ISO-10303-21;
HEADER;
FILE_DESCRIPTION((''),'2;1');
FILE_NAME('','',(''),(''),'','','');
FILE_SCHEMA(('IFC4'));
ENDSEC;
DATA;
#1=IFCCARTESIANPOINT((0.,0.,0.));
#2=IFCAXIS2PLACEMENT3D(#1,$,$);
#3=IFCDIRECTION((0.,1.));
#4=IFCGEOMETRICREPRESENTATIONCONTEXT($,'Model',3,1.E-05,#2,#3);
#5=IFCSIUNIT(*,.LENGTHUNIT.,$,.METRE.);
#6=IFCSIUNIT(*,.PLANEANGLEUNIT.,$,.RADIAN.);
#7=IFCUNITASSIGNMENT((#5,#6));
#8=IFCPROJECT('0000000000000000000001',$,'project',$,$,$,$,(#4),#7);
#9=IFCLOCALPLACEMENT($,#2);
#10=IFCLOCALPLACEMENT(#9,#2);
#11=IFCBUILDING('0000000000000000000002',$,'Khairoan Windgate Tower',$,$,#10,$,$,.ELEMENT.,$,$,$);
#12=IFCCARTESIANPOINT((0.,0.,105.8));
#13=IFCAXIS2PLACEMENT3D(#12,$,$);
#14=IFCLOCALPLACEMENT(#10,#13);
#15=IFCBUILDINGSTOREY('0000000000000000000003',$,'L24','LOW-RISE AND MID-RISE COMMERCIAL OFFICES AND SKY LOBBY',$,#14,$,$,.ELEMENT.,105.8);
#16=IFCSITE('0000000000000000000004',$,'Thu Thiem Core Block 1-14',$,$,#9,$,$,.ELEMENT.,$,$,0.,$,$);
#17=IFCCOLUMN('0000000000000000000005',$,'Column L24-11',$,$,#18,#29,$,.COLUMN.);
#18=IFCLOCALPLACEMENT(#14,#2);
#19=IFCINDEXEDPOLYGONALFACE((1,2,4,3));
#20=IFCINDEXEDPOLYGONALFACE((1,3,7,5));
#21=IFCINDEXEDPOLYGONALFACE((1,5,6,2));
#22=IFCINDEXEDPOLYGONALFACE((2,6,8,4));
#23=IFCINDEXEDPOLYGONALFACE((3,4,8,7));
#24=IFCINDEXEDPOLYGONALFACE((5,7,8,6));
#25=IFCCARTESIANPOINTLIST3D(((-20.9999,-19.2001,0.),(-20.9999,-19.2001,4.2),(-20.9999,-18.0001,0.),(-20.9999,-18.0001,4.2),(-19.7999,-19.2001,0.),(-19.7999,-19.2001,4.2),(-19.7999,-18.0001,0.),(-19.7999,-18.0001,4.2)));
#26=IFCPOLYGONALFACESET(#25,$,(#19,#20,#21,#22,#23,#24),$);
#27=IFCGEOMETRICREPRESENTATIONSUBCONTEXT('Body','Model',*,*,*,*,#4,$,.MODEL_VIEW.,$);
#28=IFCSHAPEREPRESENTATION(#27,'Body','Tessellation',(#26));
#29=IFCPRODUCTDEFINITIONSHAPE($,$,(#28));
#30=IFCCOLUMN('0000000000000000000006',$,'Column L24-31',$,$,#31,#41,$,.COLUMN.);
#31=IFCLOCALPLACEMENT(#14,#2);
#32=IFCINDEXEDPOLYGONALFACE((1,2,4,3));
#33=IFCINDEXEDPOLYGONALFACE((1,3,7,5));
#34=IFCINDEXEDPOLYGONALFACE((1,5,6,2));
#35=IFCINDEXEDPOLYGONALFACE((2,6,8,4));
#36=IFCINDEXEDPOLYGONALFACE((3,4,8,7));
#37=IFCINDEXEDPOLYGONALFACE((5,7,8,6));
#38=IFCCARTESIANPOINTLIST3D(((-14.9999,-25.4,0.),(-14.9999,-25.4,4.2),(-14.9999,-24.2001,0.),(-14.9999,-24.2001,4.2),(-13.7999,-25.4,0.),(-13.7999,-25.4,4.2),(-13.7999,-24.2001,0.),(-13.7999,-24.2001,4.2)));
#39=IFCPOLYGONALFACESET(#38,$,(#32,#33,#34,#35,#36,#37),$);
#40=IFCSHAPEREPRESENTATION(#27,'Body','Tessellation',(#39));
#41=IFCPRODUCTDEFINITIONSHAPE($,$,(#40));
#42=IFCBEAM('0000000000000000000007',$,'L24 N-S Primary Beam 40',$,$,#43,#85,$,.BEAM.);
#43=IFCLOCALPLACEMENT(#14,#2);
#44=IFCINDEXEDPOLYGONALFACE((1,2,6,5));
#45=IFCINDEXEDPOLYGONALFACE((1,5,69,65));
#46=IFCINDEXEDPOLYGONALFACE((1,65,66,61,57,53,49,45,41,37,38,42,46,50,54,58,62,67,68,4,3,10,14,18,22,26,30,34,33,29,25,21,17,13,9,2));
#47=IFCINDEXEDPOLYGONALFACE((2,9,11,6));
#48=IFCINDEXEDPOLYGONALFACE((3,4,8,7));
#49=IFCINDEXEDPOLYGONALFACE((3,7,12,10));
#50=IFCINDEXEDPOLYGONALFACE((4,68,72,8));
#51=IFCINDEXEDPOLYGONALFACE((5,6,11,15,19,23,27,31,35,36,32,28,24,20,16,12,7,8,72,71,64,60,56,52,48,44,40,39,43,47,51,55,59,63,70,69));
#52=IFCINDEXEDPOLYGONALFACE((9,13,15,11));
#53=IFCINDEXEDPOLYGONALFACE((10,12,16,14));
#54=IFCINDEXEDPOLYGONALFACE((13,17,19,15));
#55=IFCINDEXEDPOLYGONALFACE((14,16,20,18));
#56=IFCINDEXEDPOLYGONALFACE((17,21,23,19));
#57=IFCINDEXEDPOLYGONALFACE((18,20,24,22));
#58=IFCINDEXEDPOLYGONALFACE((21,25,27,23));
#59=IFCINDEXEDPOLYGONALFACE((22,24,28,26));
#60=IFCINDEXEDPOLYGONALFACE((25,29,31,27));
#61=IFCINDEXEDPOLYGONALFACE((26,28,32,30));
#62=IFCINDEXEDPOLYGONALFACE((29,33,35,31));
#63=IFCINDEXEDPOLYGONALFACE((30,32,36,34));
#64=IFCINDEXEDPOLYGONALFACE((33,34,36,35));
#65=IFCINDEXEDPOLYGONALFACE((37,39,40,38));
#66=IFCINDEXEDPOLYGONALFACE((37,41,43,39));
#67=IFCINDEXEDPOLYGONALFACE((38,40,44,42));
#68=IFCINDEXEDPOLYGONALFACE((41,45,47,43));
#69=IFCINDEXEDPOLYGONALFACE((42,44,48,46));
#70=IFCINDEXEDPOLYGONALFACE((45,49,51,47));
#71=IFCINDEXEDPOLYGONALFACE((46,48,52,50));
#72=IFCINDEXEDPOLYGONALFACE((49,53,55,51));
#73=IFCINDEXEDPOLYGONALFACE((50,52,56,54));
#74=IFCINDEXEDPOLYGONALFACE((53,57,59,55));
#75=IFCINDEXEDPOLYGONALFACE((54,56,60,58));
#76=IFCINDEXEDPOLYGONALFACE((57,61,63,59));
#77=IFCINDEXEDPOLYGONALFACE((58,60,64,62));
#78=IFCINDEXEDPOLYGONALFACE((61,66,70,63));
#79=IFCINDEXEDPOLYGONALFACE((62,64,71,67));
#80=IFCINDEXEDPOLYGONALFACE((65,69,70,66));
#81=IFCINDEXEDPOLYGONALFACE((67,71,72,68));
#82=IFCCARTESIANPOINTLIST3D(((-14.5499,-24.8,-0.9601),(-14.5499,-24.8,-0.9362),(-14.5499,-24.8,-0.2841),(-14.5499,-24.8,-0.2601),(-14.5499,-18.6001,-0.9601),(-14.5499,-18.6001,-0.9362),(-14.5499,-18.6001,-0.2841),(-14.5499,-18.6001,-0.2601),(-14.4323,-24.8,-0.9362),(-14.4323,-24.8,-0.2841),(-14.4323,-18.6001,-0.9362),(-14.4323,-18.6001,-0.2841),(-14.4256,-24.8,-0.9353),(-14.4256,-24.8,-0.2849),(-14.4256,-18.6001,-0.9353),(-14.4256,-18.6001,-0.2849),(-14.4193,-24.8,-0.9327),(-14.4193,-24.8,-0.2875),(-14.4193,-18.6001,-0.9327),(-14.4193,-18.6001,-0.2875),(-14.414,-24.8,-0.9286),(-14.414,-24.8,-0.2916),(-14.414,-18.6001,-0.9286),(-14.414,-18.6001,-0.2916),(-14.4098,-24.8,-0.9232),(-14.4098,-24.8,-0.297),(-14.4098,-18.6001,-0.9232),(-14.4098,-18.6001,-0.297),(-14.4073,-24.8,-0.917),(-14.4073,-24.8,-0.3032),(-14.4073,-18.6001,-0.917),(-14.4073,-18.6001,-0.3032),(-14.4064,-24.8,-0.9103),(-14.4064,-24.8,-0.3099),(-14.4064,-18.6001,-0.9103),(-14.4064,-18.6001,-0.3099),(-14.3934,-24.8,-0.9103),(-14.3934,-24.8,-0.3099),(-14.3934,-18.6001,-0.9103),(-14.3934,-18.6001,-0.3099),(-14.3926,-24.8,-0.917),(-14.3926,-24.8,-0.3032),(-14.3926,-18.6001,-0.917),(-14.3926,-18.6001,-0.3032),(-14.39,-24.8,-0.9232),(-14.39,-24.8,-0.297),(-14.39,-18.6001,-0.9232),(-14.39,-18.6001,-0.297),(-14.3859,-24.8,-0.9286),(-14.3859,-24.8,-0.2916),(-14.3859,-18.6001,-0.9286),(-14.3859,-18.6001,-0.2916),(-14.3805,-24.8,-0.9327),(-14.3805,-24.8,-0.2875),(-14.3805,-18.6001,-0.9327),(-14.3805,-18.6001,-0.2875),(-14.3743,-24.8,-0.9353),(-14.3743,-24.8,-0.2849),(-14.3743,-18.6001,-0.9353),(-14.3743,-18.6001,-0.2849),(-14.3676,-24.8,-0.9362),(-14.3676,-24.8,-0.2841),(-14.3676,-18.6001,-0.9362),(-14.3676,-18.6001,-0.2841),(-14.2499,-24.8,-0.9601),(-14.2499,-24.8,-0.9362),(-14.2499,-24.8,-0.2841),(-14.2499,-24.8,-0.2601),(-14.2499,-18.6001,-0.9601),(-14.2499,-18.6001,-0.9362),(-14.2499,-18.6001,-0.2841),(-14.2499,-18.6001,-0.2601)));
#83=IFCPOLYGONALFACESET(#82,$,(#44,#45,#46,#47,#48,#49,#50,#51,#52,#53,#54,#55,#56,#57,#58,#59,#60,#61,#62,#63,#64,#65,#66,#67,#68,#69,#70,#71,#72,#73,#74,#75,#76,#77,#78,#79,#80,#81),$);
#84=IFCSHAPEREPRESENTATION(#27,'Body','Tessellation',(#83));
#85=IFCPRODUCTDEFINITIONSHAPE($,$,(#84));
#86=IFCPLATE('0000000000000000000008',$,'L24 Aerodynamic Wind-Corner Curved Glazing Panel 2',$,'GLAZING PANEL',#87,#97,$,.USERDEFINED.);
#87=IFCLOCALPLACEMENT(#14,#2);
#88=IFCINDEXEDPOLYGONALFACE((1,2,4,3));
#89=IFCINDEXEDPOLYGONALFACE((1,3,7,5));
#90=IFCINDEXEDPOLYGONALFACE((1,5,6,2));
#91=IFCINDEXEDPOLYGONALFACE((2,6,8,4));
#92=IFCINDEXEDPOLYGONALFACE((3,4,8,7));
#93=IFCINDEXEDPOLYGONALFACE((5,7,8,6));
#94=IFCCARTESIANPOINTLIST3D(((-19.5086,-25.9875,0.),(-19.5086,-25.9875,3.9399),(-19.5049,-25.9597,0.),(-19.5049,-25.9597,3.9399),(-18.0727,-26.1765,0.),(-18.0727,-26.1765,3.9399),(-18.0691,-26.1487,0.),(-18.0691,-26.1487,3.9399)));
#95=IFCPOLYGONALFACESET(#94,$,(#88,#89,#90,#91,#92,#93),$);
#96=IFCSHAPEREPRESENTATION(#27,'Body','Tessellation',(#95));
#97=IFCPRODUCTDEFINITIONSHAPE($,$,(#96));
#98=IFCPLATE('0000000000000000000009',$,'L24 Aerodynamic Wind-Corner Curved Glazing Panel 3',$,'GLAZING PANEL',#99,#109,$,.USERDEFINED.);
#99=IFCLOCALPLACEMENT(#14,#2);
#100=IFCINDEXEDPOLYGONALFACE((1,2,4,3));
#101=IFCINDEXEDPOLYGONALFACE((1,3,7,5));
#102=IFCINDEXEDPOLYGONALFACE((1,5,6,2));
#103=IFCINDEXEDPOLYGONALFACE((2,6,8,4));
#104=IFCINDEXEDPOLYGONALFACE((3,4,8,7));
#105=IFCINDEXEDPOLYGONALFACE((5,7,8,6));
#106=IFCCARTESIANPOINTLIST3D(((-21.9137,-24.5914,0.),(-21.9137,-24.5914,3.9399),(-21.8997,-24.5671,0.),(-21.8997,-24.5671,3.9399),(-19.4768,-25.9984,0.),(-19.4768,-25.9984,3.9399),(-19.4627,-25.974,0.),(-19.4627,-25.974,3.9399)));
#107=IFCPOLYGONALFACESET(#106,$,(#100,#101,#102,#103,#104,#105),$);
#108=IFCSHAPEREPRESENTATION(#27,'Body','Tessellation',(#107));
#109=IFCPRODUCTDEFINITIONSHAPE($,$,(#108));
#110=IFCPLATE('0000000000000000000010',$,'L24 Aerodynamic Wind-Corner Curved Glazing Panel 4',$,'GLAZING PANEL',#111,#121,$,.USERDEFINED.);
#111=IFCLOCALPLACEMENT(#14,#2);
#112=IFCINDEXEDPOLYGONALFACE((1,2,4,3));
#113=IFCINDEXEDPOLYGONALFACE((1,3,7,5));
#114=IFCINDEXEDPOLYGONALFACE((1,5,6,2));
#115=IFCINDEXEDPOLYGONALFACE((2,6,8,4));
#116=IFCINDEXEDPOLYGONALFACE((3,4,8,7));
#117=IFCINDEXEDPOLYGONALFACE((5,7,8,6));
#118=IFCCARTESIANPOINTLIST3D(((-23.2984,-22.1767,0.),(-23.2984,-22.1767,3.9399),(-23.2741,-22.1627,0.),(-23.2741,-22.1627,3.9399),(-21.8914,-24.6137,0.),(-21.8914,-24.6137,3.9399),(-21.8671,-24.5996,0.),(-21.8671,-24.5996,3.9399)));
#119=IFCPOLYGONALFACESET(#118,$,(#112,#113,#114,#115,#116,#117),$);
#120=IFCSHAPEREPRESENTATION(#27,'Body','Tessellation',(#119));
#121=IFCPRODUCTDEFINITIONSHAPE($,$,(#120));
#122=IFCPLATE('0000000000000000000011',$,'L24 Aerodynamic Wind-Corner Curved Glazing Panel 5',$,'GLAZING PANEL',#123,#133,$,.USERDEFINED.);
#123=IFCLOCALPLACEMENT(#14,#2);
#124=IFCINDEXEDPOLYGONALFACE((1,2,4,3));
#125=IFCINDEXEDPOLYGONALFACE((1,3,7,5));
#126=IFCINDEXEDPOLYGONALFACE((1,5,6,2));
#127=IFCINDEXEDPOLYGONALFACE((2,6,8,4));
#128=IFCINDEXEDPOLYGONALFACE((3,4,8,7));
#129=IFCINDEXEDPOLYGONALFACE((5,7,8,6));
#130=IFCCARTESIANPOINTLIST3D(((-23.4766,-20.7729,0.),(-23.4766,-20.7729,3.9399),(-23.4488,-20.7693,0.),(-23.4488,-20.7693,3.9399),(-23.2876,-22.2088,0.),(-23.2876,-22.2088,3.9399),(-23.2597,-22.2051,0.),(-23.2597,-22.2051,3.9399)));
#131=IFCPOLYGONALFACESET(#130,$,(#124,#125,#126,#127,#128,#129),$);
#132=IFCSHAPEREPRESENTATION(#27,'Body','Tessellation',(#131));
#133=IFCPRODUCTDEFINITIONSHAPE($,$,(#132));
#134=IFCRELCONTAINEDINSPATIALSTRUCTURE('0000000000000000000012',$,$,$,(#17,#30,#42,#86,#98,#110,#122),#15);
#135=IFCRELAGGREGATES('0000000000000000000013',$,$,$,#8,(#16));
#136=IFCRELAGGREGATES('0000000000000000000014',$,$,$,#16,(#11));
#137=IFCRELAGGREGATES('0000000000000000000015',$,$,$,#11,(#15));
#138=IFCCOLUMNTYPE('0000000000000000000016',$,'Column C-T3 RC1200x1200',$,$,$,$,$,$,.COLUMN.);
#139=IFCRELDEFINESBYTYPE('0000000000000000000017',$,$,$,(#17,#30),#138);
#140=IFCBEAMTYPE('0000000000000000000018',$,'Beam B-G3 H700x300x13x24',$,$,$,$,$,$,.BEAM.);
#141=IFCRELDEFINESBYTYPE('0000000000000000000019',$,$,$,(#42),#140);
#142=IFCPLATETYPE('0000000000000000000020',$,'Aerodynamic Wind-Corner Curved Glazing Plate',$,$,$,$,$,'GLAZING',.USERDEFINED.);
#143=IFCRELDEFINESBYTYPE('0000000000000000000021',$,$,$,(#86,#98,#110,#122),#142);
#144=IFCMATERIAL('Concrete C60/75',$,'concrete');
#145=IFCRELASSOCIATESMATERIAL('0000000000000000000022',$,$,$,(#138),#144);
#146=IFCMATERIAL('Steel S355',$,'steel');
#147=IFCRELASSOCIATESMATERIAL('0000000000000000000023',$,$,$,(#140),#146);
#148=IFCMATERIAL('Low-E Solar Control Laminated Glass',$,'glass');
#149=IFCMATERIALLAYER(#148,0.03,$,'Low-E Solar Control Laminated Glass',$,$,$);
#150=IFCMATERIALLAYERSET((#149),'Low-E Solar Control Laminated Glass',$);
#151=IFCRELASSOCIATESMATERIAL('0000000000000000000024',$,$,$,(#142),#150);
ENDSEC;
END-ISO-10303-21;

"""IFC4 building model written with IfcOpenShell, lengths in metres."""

from ifc_helpers import new_model, si_unit, direction, frame, origin, origin_2d, place, context, subcontext, project, spatial, rectangle, i_section, extrude, material, layer, layer_set, material_profile, profile_set, type_object, element, save


model = new_model("IFC4")

# Units and contexts
model_context = context("Model", 3, precision=1e-05, world=origin(), true_north=direction((0.0, 1.0)))
body_context = subcontext(model_context, "Body", "Model", "MODEL_VIEW")
ifc_project = project(units=[si_unit("LENGTHUNIT", "METRE"), si_unit("PLANEANGLEUNIT", "RADIAN")], contexts=[model_context])

# Site, building, storey
site_placement = place(None, origin())
site = spatial("IfcSite", under=ifc_project, at=site_placement, Name="Thu Thiem Core Block 1-14", CompositionType="ELEMENT", RefElevation=0.0)
building_placement = place(site_placement, origin())
building = spatial("IfcBuilding", under=site, at=building_placement, Name="Khairoan Windgate Tower", CompositionType="ELEMENT")
storey_placement = place(building_placement, frame((0.0, 0.0, 105.8)))
storey = spatial("IfcBuildingStorey", under=building, at=storey_placement, Name="L24", Description="LOW-RISE AND MID-RISE COMMERCIAL OFFICES AND SKY LOBBY", CompositionType="ELEMENT", Elevation=105.8)

# Columns
ifc_material_1 = material(Name="Concrete C60/75", Category="concrete")
ifc_material_profile_1 = material_profile(ifc_material_1, rectangle(XDim=1.2, YDim=1.2, at=origin_2d()))
ifc_profile_set_1 = profile_set([ifc_material_profile_1], Name="Concrete C60/75")
column_type = type_object("IfcColumnType", Name="Column C-T3 RC1200x1200", PredefinedType="COLUMN", material=ifc_profile_set_1)
for number, where, z_axis, x_axis, name in (
    (1, (-20.3999, -18.6001, 0.0), (0.0, 0.0, 1.0), (1.0, 0.0, 0.0), "Column L24-11"),
    (2, (-14.3999, -24.8, 0.0), (0.0, 0.0, 1.0), (1.0, 0.0, 0.0), "Column L24-31"),
):
    element("IfcColumn", number, at=place(storey_placement, frame(where, z_axis=z_axis, x_axis=x_axis)), inside=storey, type_object=column_type, Name=name, PredefinedType="COLUMN", context=body_context, shape_type="SweptSolid", body=[
        extrude(rectangle(XDim=1.2, YDim=1.2, at=origin_2d()), origin(), (0.0, 0.0, 1.0), 4.2),
    ])

# Beam
ifc_material_2 = material(Name="Steel S355", Category="steel")
ifc_material_profile_2 = material_profile(ifc_material_2, i_section(OverallWidth=0.3, OverallDepth=0.7, WebThickness=0.0129, FlangeThickness=0.0239, FilletRadius=0.0259, at=origin_2d()))
ifc_profile_set_2 = profile_set([ifc_material_profile_2], Name="Steel S355")
beam_type = type_object("IfcBeamType", Name="Beam B-G3 H700x300x13x24", PredefinedType="BEAM", material=ifc_profile_set_2)
beam_placement = place(storey_placement, frame((-14.3999, -24.8, -0.6101), z_axis=(0.0, 1.0, 0.0), x_axis=(-1.0, 0.0, 0.0)))
element("IfcBeam", 3, at=beam_placement, inside=storey, type_object=beam_type, Name="L24 N-S Primary Beam 40", PredefinedType="BEAM", context=body_context, shape_type="SweptSolid", body=[
    extrude(i_section(OverallWidth=0.3, OverallDepth=0.7, WebThickness=0.0129, FlangeThickness=0.0239, FilletRadius=0.0259, at=origin_2d()), origin(), (0.0, 0.0, 1.0), 6.2),
])

# Plates
ifc_material_3 = material(Name="Low-E Solar Control Laminated Glass", Category="glass")
ifc_layer_1 = layer(ifc_material_3, 0.03, Name="Low-E Solar Control Laminated Glass")
ifc_layer_set_1 = layer_set([ifc_layer_1], Name="Low-E Solar Control Laminated Glass")
plate_type_1 = type_object("IfcPlateType", Name="Aerodynamic Wind-Corner Curved Glazing Plate", ElementType="GLAZING", PredefinedType="USERDEFINED", material=ifc_layer_set_1)
plate_1_placement = place(storey_placement, frame((-18.7888, -26.0681, 0.0), z_axis=(0.0, 0.0, 1.0), x_axis=(-0.991445, 0.130526, 0.0)))
element("IfcPlate", 4, at=plate_1_placement, inside=storey, type_object=plate_type_1, Name="L24 Aerodynamic Wind-Corner Curved Glazing Panel 2", ObjectType="GLAZING PANEL", PredefinedType="USERDEFINED", context=body_context, shape_type="SweptSolid", body=[
    extrude(rectangle(XDim=1.4482, YDim=0.0281, at=origin_2d()), origin(), (0.0, 0.0, 1.0), 3.9399),
])
for number, where, z_axis, x_axis, name in (
    (5, (-20.6882, -25.2827, 0.0), (0.0, 0.0, 1.0), (-0.866025, 0.5, 0.0), "L24 Aerodynamic Wind-Corner Curved Glazing Panel 3"),
    (6, (-22.5828, -23.3882, 0.0), (0.0, 0.0, 1.0), (-0.5, 0.866025, 0.0), "L24 Aerodynamic Wind-Corner Curved Glazing Panel 4"),
):
    element("IfcPlate", number, at=place(storey_placement, frame(where, z_axis=z_axis, x_axis=x_axis)), inside=storey, type_object=plate_type_1, Name=name, ObjectType="GLAZING PANEL", PredefinedType="USERDEFINED", context=body_context, shape_type="SweptSolid", body=[
        extrude(rectangle(XDim=2.814, YDim=0.0281, at=origin_2d()), origin(), (0.0, 0.0, 1.0), 3.9399),
    ])
plate_2_placement = place(storey_placement, frame((-23.3682, -21.489, 0.0), z_axis=(0.0, 0.0, 1.0), x_axis=(-0.130526, 0.991445, 0.0)))
element("IfcPlate", 7, at=plate_2_placement, inside=storey, type_object=plate_type_1, Name="L24 Aerodynamic Wind-Corner Curved Glazing Panel 5", ObjectType="GLAZING PANEL", PredefinedType="USERDEFINED", context=body_context, shape_type="SweptSolid", body=[
    extrude(rectangle(XDim=1.4482, YDim=0.0281, at=origin_2d()), origin(), (0.0, 0.0, 1.0), 3.9399),
])

save(model, "model.ifc")
